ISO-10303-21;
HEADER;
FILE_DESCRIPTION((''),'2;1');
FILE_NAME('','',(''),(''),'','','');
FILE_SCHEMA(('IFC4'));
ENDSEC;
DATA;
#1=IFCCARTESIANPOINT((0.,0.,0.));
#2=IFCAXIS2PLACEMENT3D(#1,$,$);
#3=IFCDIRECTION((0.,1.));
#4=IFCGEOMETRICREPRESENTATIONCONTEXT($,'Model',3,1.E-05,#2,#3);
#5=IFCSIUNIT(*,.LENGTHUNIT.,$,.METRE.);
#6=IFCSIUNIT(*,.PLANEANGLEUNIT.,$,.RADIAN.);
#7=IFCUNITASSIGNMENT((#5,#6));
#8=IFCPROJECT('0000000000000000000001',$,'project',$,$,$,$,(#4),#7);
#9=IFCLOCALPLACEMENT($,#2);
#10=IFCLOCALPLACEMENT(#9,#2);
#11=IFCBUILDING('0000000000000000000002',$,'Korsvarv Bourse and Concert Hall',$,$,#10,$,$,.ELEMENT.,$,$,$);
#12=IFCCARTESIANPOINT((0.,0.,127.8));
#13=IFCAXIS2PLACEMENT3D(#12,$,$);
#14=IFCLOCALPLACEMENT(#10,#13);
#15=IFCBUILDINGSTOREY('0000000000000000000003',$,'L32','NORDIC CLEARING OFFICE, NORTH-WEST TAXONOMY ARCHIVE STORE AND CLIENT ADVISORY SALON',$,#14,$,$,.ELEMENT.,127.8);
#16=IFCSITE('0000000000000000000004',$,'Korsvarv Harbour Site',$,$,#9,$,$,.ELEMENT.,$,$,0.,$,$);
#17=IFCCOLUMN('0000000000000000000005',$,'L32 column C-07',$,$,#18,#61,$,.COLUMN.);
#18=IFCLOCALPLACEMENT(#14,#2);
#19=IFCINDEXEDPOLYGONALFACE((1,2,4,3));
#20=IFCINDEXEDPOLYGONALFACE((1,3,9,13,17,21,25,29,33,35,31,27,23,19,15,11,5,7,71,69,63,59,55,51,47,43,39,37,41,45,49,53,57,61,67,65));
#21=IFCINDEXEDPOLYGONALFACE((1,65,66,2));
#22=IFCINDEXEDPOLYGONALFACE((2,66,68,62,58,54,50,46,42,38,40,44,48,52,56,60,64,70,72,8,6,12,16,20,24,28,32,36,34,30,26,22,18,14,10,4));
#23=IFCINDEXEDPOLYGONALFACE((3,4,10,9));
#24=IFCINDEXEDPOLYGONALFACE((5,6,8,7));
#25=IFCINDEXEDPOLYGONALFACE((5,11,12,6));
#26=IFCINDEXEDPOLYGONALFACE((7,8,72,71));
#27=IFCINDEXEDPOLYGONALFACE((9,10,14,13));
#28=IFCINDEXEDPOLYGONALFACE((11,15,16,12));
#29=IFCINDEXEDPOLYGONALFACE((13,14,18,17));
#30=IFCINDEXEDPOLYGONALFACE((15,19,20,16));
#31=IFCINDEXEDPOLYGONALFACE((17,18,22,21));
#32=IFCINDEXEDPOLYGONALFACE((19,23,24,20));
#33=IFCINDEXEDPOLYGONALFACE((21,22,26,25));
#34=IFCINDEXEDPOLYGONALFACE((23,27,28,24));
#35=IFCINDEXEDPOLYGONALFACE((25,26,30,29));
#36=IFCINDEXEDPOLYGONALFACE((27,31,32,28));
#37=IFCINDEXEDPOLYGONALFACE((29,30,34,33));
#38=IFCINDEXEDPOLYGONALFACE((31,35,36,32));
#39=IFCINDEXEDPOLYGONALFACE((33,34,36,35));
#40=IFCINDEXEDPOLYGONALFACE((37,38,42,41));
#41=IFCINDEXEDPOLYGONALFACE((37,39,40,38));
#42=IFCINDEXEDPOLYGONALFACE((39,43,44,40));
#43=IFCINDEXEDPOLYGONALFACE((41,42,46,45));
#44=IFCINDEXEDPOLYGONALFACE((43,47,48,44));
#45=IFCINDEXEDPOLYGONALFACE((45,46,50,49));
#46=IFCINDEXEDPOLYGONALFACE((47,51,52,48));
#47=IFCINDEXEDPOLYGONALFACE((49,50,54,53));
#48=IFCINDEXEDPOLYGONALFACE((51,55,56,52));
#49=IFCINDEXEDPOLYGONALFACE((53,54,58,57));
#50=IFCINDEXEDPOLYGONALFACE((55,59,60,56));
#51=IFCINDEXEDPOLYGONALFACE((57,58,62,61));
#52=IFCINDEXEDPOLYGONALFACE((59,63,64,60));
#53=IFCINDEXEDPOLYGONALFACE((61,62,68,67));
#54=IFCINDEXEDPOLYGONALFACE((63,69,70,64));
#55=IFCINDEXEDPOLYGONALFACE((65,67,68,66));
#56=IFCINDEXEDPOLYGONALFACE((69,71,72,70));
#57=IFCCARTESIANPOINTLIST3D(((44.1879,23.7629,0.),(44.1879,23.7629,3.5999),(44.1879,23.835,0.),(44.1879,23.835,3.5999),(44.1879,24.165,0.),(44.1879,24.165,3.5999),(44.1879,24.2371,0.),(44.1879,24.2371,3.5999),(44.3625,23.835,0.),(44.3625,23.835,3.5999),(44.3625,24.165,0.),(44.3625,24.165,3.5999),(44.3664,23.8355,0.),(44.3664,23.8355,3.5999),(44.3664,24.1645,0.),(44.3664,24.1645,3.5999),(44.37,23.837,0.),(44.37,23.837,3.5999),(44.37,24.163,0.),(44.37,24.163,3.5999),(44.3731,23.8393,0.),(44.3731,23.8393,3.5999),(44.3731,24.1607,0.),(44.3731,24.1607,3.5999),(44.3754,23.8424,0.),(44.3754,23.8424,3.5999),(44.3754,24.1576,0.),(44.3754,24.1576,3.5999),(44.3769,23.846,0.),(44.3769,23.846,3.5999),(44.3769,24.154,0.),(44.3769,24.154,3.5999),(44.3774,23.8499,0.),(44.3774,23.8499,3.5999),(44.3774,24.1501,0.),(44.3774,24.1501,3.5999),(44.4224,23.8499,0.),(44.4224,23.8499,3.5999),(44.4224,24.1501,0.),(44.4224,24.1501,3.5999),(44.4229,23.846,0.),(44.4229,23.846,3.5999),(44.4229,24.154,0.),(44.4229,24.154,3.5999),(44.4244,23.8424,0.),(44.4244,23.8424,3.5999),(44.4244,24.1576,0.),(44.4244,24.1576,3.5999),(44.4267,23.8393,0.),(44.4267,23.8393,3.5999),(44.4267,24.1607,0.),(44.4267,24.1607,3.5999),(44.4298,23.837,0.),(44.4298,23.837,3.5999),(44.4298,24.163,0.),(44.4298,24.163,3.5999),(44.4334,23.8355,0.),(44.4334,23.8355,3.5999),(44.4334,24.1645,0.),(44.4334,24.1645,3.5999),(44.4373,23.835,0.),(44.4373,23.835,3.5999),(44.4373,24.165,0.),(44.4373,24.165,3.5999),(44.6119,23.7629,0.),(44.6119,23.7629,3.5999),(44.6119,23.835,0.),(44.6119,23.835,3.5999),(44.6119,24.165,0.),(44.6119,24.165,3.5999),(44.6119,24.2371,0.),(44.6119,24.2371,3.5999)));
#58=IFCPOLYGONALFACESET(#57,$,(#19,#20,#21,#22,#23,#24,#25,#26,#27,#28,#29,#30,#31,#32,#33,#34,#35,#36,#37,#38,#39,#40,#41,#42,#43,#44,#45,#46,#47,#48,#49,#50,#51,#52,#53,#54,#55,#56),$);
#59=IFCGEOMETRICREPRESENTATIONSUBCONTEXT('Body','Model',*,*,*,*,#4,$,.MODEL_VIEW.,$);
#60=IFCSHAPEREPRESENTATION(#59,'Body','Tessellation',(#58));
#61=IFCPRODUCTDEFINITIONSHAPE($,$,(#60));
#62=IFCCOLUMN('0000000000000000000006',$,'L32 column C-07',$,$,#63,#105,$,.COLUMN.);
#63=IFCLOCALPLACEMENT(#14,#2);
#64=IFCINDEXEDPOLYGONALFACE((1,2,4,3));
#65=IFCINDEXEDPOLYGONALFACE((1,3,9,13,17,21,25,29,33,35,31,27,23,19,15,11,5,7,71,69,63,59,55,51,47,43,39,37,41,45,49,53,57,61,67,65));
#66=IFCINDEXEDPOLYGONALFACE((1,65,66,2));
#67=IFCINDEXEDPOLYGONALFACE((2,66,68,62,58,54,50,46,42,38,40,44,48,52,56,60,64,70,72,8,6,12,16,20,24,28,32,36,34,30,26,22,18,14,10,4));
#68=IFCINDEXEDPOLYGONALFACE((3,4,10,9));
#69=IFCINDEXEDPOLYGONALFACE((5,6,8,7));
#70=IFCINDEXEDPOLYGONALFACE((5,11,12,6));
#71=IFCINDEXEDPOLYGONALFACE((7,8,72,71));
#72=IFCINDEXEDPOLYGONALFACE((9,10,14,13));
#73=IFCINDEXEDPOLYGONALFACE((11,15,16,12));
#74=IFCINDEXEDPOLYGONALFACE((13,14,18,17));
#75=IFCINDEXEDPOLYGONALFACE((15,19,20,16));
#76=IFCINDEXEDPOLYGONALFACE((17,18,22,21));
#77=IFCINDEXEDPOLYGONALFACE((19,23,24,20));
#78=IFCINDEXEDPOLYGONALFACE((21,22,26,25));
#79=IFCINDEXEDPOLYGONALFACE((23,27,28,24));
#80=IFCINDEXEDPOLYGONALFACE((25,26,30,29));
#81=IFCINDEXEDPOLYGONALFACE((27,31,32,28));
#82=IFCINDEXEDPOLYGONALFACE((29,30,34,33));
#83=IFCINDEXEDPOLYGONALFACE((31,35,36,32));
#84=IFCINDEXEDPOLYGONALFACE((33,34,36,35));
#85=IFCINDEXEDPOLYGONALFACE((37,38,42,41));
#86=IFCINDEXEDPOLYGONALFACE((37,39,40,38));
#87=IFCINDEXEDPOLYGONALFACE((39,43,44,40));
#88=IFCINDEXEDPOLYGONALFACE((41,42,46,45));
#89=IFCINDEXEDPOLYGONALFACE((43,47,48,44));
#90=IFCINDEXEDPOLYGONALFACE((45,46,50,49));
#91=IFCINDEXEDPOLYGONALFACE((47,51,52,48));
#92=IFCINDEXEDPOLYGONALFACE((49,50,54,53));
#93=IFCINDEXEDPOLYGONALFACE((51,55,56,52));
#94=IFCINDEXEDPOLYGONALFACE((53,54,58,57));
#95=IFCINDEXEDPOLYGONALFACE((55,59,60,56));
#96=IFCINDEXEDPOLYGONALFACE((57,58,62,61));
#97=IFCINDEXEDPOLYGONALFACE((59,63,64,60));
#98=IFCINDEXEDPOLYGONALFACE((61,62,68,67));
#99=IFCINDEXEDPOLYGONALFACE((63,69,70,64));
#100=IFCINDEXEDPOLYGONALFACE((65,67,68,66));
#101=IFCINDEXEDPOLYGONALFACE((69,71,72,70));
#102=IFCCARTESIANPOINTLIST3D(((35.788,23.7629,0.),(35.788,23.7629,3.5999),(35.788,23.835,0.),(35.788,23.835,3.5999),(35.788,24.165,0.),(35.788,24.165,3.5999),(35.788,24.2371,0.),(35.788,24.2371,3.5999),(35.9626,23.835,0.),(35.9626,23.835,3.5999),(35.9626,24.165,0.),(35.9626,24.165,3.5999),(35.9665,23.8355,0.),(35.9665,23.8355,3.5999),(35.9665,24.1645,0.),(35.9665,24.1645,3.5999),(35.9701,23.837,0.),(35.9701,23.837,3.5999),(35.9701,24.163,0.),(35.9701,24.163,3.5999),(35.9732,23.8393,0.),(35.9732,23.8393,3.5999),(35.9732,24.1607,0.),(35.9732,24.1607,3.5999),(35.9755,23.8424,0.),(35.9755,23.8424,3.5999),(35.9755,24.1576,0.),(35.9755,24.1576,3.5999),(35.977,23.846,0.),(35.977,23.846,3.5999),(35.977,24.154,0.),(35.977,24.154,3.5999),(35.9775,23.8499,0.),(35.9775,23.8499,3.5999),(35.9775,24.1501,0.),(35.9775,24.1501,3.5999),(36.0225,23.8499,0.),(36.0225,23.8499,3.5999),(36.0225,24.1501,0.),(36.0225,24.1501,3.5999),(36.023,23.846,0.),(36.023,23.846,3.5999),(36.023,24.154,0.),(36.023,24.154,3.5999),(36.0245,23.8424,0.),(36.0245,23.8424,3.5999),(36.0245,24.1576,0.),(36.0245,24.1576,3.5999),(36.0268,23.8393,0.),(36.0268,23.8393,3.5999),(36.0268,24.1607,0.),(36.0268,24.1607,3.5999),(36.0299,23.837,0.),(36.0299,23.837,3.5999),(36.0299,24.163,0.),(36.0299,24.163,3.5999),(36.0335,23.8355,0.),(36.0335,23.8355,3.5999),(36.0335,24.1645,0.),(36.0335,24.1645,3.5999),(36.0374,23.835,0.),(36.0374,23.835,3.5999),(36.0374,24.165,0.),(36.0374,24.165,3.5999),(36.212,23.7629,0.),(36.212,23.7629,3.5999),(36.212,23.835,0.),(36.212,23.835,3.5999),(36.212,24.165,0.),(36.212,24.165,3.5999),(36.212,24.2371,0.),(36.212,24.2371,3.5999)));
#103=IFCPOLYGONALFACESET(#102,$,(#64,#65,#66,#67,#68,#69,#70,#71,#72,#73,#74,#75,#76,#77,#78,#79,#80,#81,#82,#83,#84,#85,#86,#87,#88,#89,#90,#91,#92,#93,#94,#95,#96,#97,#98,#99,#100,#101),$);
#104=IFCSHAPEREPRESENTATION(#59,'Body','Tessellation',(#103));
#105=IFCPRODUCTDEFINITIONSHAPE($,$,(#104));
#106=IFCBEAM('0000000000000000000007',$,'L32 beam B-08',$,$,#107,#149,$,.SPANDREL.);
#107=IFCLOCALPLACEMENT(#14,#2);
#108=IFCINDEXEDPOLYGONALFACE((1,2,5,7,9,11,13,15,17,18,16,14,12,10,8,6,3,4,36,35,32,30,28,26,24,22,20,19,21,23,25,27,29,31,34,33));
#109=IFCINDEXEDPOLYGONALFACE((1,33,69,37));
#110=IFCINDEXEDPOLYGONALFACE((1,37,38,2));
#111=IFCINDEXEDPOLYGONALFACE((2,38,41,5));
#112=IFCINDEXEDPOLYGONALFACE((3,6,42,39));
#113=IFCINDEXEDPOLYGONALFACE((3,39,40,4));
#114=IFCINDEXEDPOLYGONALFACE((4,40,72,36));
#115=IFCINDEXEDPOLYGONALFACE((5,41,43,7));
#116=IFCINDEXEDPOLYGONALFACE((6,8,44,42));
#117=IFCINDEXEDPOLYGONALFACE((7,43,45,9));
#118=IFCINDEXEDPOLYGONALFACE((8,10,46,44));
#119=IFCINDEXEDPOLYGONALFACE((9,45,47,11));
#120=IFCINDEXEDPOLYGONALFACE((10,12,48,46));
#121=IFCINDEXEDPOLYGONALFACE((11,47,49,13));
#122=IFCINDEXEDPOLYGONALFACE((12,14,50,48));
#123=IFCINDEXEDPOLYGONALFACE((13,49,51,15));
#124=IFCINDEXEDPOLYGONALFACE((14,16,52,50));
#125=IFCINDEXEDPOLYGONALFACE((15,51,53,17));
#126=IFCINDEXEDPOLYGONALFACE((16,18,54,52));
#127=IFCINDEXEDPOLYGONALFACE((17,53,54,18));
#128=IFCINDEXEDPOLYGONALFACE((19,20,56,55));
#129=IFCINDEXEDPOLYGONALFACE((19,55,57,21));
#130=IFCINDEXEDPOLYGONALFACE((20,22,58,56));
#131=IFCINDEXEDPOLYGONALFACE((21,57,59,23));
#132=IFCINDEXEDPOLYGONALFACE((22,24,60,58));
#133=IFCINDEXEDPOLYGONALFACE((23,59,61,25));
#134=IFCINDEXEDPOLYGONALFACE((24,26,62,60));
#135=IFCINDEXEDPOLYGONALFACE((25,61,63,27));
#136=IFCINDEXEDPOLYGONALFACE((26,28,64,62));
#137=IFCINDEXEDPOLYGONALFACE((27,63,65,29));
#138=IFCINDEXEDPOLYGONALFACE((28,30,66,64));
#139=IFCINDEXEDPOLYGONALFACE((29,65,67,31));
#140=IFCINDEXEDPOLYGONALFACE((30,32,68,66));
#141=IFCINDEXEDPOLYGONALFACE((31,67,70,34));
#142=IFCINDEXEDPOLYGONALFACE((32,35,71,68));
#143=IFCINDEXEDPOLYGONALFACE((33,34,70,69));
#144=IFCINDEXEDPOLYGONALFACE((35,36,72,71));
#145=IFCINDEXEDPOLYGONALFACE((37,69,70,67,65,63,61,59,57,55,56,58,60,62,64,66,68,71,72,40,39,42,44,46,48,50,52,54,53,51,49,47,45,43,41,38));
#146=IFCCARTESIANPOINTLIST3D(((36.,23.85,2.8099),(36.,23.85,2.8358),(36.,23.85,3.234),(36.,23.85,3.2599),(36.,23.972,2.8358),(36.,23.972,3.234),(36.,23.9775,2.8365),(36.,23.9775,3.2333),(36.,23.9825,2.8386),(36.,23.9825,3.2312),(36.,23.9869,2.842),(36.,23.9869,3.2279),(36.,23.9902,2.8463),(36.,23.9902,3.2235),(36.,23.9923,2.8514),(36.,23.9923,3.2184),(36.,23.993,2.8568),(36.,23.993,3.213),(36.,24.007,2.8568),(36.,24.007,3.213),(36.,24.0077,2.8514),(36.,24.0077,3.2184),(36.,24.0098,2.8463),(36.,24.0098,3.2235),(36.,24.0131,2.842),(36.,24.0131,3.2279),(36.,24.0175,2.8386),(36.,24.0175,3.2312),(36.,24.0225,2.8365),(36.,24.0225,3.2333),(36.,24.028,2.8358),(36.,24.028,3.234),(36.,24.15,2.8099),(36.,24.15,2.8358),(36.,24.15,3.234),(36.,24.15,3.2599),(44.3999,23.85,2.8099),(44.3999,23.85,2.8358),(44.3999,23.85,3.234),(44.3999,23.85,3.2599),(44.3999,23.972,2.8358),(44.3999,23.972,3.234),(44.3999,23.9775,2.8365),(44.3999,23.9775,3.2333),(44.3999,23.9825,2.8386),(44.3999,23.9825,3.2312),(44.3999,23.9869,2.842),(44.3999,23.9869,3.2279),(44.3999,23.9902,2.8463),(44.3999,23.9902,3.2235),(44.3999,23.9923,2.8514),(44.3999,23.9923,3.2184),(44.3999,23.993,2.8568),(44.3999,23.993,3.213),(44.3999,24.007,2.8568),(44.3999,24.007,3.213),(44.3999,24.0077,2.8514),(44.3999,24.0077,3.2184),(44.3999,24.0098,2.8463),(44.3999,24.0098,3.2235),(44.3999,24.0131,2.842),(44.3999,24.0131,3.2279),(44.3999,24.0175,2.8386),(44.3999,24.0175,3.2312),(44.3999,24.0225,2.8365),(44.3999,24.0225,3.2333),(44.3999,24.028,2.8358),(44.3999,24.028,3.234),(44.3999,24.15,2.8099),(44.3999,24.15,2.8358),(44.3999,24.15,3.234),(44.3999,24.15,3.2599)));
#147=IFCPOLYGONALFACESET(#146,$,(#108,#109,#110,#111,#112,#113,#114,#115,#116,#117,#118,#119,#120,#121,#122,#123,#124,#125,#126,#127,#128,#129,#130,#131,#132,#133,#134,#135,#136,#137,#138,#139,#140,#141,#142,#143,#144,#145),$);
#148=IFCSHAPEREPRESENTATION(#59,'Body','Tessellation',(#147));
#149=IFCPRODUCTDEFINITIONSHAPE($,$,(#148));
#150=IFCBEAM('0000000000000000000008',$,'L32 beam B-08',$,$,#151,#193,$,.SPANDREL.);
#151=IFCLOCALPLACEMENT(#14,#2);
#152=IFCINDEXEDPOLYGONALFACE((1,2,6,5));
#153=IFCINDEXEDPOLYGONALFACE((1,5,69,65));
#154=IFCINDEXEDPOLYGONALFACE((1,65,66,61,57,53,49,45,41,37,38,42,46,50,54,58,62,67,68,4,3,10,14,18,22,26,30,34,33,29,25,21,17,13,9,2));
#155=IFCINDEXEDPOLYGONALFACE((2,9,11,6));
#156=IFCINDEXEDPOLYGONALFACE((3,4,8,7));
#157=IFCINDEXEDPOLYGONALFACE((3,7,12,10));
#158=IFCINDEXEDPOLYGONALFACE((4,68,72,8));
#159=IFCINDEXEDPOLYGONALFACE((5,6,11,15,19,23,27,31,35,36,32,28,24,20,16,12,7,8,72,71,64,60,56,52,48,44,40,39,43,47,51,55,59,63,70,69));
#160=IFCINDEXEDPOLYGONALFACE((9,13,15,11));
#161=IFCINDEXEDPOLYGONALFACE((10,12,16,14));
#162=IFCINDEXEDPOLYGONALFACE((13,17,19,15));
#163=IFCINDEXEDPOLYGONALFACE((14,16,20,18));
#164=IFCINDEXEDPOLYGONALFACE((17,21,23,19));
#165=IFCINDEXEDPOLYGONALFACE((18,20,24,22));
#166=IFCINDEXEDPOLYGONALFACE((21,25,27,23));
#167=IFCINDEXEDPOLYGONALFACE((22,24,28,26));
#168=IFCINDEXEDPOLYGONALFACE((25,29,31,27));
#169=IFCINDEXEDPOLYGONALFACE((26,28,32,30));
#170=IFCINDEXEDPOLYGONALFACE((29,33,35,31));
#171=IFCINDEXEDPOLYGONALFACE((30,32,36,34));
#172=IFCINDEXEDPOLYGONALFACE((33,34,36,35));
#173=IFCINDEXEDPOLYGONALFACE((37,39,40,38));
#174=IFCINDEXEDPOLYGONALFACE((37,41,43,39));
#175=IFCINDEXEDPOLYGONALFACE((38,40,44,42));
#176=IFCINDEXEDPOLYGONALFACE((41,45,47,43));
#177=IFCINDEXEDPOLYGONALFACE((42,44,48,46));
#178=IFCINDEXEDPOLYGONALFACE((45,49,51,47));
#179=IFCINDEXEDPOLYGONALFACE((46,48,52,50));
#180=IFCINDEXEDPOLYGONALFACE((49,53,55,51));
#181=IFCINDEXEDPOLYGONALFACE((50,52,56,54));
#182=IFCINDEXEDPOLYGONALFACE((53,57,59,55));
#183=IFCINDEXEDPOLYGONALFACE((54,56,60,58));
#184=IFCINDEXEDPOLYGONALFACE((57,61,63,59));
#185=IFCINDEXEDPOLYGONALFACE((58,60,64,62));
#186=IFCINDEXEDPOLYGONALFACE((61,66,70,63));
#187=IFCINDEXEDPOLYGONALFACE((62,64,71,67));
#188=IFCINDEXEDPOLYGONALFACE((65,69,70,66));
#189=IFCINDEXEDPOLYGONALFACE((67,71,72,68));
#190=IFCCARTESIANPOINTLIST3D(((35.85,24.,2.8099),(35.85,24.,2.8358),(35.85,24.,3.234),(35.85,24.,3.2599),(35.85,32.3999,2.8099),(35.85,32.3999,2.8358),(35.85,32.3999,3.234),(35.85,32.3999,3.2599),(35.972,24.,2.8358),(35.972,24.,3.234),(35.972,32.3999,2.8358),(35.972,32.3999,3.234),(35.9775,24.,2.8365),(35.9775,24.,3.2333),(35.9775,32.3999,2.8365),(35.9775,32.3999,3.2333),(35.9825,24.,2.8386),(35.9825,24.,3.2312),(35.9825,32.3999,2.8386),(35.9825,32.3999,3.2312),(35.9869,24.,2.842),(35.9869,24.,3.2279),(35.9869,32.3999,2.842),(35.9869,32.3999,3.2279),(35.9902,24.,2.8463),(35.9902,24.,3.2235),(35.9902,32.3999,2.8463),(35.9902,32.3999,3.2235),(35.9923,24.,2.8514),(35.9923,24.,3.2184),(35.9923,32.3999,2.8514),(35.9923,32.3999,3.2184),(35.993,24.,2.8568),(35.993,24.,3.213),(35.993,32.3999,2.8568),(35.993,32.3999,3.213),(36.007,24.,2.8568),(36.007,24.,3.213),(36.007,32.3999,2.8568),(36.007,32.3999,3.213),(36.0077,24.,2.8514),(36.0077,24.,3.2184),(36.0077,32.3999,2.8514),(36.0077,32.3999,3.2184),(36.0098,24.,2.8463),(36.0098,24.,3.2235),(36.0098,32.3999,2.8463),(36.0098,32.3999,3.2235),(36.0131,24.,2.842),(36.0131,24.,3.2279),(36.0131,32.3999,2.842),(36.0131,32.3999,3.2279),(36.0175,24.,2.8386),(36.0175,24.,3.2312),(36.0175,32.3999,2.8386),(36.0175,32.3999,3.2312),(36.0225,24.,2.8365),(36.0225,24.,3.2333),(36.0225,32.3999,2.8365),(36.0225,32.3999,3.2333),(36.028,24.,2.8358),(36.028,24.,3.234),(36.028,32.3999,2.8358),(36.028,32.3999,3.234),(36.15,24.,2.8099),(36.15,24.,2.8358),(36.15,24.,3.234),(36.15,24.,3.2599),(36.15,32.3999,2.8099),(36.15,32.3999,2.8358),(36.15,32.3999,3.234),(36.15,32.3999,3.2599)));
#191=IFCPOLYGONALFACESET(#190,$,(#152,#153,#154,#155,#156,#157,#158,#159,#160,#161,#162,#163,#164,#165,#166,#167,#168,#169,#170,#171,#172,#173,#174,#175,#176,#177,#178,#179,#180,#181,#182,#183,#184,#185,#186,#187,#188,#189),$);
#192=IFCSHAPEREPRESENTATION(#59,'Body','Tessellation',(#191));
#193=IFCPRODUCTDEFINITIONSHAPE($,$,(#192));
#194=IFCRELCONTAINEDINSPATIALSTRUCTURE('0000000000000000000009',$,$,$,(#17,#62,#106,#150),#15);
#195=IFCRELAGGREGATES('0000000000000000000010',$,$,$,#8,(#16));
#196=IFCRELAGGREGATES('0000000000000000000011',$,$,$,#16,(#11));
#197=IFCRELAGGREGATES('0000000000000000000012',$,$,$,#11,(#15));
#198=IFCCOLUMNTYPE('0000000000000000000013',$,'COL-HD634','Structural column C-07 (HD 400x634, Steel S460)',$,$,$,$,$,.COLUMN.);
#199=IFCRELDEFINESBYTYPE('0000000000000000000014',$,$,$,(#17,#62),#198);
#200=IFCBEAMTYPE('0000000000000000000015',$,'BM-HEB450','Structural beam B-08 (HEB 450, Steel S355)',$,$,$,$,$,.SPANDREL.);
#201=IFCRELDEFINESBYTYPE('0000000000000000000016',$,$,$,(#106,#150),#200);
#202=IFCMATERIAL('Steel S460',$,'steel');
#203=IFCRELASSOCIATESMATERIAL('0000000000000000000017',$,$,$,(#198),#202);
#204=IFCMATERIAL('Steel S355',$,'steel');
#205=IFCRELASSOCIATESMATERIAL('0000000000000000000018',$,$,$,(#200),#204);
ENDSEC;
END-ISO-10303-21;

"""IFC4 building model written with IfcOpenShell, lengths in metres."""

from ifc_helpers import new_model, si_unit, direction, frame, origin, origin_2d, place, context, subcontext, project, spatial, i_section, extrude, source, transform, mapped, material, material_profile, profile_set, type_object, element, save


model = new_model("IFC4")

# Units and contexts
model_context = context("Model", 3, precision=1e-05, world=origin(), true_north=direction((0.0, 1.0)))
body_context = subcontext(model_context, "Body", "Model", "MODEL_VIEW")
ifc_project = project(units=[si_unit("LENGTHUNIT", "METRE"), si_unit("PLANEANGLEUNIT", "RADIAN")], contexts=[model_context])

# Site, building, storey
site_placement = place(None, origin())
site = spatial("IfcSite", under=ifc_project, at=site_placement, Name="Korsvarv Harbour Site", CompositionType="ELEMENT", RefElevation=0.0)
building_placement = place(site_placement, origin())
building = spatial("IfcBuilding", under=site, at=building_placement, Name="Korsvarv Bourse and Concert Hall", CompositionType="ELEMENT")
storey_placement = place(building_placement, frame((0.0, 0.0, 127.8)))
storey = spatial("IfcBuildingStorey", under=building, at=storey_placement, Name="L32", Description="NORDIC CLEARING OFFICE, NORTH-WEST TAXONOMY ARCHIVE STORE AND CLIENT ADVISORY SALON", CompositionType="ELEMENT", Elevation=127.8)

# Columns
ifc_material_1 = material(Name="Steel S460", Category="steel")
ifc_material_profile_1 = material_profile(ifc_material_1, i_section(OverallWidth=0.4241, OverallDepth=0.4741, WebThickness=0.0449, FlangeThickness=0.072, FilletRadius=0.0149, at=origin_2d()), Name="HD 400x634")
ifc_profile_set_1 = profile_set([ifc_material_profile_1], Name="Steel S460")
column_type = type_object("IfcColumnType", Name="COL-HD634", Description="Structural column C-07 (HD 400x634, Steel S460)", PredefinedType="COLUMN", material=ifc_profile_set_1)
shared_shape_1 = source(origin(), body_context, "Body", "SweptSolid", [
    extrude(i_section(OverallWidth=0.4241, OverallDepth=0.4741, WebThickness=0.0449, FlangeThickness=0.072, FilletRadius=0.0149, at=origin_2d()), origin(), (0.0, 0.0, 1.0), 3.5999),
])
for number, where, z_axis, x_axis, name in (
    (1, (44.3999, 24.0, 0.0), (0.0, 0.0, 1.0), (1.0, 0.0, 0.0), "L32 column C-07"),
    (2, (36.0, 24.0, 0.0), (0.0, 0.0, 1.0), (1.0, 0.0, 0.0), "L32 column C-07"),
):
    element("IfcColumn", number, at=place(storey_placement, frame(where, z_axis=z_axis, x_axis=x_axis)), inside=storey, type_object=column_type, Name=name, PredefinedType="COLUMN", context=body_context, shape_type="MappedRepresentation", body=[
        mapped(shared_shape_1, transform((0.0, 0.0, 0.0), scale=1.0)),
    ])

# Beams
ifc_material_2 = material(Name="Steel S355", Category="steel")
ifc_material_profile_2 = material_profile(ifc_material_2, i_section(OverallWidth=0.3, OverallDepth=0.45, WebThickness=0.0139, FlangeThickness=0.0259, FilletRadius=0.021, at=origin_2d()), Name="HEB 450")
ifc_profile_set_2 = profile_set([ifc_material_profile_2], Name="Steel S355")
beam_type = type_object("IfcBeamType", Name="BM-HEB450", Description="Structural beam B-08 (HEB 450, Steel S355)", PredefinedType="SPANDREL", material=ifc_profile_set_2)
shared_shape_2 = source(origin(), body_context, "Body", "SweptSolid", [
    extrude(i_section(OverallWidth=0.3, OverallDepth=0.45, WebThickness=0.0139, FlangeThickness=0.0259, FilletRadius=0.021, at=origin_2d()), origin(), (0.0, 0.0, 1.0), 8.3999),
])
for number, where, z_axis, x_axis, name in (
    (3, (36.0, 24.0, 3.0349), (1.0, 0.0, 0.0), (0.0, 1.0, 0.0), "L32 beam B-08"),
    (4, (36.0, 24.0, 3.0349), (0.0, 1.0, 0.0), (-1.0, 0.0, 0.0), "L32 beam B-08"),
):
    element("IfcBeam", number, at=place(storey_placement, frame(where, z_axis=z_axis, x_axis=x_axis)), inside=storey, type_object=beam_type, Name=name, PredefinedType="SPANDREL", context=body_context, shape_type="MappedRepresentation", body=[
        mapped(shared_shape_2, transform((0.0, 0.0, 0.0), scale=1.0)),
    ])

save(model, "model.ifc")
